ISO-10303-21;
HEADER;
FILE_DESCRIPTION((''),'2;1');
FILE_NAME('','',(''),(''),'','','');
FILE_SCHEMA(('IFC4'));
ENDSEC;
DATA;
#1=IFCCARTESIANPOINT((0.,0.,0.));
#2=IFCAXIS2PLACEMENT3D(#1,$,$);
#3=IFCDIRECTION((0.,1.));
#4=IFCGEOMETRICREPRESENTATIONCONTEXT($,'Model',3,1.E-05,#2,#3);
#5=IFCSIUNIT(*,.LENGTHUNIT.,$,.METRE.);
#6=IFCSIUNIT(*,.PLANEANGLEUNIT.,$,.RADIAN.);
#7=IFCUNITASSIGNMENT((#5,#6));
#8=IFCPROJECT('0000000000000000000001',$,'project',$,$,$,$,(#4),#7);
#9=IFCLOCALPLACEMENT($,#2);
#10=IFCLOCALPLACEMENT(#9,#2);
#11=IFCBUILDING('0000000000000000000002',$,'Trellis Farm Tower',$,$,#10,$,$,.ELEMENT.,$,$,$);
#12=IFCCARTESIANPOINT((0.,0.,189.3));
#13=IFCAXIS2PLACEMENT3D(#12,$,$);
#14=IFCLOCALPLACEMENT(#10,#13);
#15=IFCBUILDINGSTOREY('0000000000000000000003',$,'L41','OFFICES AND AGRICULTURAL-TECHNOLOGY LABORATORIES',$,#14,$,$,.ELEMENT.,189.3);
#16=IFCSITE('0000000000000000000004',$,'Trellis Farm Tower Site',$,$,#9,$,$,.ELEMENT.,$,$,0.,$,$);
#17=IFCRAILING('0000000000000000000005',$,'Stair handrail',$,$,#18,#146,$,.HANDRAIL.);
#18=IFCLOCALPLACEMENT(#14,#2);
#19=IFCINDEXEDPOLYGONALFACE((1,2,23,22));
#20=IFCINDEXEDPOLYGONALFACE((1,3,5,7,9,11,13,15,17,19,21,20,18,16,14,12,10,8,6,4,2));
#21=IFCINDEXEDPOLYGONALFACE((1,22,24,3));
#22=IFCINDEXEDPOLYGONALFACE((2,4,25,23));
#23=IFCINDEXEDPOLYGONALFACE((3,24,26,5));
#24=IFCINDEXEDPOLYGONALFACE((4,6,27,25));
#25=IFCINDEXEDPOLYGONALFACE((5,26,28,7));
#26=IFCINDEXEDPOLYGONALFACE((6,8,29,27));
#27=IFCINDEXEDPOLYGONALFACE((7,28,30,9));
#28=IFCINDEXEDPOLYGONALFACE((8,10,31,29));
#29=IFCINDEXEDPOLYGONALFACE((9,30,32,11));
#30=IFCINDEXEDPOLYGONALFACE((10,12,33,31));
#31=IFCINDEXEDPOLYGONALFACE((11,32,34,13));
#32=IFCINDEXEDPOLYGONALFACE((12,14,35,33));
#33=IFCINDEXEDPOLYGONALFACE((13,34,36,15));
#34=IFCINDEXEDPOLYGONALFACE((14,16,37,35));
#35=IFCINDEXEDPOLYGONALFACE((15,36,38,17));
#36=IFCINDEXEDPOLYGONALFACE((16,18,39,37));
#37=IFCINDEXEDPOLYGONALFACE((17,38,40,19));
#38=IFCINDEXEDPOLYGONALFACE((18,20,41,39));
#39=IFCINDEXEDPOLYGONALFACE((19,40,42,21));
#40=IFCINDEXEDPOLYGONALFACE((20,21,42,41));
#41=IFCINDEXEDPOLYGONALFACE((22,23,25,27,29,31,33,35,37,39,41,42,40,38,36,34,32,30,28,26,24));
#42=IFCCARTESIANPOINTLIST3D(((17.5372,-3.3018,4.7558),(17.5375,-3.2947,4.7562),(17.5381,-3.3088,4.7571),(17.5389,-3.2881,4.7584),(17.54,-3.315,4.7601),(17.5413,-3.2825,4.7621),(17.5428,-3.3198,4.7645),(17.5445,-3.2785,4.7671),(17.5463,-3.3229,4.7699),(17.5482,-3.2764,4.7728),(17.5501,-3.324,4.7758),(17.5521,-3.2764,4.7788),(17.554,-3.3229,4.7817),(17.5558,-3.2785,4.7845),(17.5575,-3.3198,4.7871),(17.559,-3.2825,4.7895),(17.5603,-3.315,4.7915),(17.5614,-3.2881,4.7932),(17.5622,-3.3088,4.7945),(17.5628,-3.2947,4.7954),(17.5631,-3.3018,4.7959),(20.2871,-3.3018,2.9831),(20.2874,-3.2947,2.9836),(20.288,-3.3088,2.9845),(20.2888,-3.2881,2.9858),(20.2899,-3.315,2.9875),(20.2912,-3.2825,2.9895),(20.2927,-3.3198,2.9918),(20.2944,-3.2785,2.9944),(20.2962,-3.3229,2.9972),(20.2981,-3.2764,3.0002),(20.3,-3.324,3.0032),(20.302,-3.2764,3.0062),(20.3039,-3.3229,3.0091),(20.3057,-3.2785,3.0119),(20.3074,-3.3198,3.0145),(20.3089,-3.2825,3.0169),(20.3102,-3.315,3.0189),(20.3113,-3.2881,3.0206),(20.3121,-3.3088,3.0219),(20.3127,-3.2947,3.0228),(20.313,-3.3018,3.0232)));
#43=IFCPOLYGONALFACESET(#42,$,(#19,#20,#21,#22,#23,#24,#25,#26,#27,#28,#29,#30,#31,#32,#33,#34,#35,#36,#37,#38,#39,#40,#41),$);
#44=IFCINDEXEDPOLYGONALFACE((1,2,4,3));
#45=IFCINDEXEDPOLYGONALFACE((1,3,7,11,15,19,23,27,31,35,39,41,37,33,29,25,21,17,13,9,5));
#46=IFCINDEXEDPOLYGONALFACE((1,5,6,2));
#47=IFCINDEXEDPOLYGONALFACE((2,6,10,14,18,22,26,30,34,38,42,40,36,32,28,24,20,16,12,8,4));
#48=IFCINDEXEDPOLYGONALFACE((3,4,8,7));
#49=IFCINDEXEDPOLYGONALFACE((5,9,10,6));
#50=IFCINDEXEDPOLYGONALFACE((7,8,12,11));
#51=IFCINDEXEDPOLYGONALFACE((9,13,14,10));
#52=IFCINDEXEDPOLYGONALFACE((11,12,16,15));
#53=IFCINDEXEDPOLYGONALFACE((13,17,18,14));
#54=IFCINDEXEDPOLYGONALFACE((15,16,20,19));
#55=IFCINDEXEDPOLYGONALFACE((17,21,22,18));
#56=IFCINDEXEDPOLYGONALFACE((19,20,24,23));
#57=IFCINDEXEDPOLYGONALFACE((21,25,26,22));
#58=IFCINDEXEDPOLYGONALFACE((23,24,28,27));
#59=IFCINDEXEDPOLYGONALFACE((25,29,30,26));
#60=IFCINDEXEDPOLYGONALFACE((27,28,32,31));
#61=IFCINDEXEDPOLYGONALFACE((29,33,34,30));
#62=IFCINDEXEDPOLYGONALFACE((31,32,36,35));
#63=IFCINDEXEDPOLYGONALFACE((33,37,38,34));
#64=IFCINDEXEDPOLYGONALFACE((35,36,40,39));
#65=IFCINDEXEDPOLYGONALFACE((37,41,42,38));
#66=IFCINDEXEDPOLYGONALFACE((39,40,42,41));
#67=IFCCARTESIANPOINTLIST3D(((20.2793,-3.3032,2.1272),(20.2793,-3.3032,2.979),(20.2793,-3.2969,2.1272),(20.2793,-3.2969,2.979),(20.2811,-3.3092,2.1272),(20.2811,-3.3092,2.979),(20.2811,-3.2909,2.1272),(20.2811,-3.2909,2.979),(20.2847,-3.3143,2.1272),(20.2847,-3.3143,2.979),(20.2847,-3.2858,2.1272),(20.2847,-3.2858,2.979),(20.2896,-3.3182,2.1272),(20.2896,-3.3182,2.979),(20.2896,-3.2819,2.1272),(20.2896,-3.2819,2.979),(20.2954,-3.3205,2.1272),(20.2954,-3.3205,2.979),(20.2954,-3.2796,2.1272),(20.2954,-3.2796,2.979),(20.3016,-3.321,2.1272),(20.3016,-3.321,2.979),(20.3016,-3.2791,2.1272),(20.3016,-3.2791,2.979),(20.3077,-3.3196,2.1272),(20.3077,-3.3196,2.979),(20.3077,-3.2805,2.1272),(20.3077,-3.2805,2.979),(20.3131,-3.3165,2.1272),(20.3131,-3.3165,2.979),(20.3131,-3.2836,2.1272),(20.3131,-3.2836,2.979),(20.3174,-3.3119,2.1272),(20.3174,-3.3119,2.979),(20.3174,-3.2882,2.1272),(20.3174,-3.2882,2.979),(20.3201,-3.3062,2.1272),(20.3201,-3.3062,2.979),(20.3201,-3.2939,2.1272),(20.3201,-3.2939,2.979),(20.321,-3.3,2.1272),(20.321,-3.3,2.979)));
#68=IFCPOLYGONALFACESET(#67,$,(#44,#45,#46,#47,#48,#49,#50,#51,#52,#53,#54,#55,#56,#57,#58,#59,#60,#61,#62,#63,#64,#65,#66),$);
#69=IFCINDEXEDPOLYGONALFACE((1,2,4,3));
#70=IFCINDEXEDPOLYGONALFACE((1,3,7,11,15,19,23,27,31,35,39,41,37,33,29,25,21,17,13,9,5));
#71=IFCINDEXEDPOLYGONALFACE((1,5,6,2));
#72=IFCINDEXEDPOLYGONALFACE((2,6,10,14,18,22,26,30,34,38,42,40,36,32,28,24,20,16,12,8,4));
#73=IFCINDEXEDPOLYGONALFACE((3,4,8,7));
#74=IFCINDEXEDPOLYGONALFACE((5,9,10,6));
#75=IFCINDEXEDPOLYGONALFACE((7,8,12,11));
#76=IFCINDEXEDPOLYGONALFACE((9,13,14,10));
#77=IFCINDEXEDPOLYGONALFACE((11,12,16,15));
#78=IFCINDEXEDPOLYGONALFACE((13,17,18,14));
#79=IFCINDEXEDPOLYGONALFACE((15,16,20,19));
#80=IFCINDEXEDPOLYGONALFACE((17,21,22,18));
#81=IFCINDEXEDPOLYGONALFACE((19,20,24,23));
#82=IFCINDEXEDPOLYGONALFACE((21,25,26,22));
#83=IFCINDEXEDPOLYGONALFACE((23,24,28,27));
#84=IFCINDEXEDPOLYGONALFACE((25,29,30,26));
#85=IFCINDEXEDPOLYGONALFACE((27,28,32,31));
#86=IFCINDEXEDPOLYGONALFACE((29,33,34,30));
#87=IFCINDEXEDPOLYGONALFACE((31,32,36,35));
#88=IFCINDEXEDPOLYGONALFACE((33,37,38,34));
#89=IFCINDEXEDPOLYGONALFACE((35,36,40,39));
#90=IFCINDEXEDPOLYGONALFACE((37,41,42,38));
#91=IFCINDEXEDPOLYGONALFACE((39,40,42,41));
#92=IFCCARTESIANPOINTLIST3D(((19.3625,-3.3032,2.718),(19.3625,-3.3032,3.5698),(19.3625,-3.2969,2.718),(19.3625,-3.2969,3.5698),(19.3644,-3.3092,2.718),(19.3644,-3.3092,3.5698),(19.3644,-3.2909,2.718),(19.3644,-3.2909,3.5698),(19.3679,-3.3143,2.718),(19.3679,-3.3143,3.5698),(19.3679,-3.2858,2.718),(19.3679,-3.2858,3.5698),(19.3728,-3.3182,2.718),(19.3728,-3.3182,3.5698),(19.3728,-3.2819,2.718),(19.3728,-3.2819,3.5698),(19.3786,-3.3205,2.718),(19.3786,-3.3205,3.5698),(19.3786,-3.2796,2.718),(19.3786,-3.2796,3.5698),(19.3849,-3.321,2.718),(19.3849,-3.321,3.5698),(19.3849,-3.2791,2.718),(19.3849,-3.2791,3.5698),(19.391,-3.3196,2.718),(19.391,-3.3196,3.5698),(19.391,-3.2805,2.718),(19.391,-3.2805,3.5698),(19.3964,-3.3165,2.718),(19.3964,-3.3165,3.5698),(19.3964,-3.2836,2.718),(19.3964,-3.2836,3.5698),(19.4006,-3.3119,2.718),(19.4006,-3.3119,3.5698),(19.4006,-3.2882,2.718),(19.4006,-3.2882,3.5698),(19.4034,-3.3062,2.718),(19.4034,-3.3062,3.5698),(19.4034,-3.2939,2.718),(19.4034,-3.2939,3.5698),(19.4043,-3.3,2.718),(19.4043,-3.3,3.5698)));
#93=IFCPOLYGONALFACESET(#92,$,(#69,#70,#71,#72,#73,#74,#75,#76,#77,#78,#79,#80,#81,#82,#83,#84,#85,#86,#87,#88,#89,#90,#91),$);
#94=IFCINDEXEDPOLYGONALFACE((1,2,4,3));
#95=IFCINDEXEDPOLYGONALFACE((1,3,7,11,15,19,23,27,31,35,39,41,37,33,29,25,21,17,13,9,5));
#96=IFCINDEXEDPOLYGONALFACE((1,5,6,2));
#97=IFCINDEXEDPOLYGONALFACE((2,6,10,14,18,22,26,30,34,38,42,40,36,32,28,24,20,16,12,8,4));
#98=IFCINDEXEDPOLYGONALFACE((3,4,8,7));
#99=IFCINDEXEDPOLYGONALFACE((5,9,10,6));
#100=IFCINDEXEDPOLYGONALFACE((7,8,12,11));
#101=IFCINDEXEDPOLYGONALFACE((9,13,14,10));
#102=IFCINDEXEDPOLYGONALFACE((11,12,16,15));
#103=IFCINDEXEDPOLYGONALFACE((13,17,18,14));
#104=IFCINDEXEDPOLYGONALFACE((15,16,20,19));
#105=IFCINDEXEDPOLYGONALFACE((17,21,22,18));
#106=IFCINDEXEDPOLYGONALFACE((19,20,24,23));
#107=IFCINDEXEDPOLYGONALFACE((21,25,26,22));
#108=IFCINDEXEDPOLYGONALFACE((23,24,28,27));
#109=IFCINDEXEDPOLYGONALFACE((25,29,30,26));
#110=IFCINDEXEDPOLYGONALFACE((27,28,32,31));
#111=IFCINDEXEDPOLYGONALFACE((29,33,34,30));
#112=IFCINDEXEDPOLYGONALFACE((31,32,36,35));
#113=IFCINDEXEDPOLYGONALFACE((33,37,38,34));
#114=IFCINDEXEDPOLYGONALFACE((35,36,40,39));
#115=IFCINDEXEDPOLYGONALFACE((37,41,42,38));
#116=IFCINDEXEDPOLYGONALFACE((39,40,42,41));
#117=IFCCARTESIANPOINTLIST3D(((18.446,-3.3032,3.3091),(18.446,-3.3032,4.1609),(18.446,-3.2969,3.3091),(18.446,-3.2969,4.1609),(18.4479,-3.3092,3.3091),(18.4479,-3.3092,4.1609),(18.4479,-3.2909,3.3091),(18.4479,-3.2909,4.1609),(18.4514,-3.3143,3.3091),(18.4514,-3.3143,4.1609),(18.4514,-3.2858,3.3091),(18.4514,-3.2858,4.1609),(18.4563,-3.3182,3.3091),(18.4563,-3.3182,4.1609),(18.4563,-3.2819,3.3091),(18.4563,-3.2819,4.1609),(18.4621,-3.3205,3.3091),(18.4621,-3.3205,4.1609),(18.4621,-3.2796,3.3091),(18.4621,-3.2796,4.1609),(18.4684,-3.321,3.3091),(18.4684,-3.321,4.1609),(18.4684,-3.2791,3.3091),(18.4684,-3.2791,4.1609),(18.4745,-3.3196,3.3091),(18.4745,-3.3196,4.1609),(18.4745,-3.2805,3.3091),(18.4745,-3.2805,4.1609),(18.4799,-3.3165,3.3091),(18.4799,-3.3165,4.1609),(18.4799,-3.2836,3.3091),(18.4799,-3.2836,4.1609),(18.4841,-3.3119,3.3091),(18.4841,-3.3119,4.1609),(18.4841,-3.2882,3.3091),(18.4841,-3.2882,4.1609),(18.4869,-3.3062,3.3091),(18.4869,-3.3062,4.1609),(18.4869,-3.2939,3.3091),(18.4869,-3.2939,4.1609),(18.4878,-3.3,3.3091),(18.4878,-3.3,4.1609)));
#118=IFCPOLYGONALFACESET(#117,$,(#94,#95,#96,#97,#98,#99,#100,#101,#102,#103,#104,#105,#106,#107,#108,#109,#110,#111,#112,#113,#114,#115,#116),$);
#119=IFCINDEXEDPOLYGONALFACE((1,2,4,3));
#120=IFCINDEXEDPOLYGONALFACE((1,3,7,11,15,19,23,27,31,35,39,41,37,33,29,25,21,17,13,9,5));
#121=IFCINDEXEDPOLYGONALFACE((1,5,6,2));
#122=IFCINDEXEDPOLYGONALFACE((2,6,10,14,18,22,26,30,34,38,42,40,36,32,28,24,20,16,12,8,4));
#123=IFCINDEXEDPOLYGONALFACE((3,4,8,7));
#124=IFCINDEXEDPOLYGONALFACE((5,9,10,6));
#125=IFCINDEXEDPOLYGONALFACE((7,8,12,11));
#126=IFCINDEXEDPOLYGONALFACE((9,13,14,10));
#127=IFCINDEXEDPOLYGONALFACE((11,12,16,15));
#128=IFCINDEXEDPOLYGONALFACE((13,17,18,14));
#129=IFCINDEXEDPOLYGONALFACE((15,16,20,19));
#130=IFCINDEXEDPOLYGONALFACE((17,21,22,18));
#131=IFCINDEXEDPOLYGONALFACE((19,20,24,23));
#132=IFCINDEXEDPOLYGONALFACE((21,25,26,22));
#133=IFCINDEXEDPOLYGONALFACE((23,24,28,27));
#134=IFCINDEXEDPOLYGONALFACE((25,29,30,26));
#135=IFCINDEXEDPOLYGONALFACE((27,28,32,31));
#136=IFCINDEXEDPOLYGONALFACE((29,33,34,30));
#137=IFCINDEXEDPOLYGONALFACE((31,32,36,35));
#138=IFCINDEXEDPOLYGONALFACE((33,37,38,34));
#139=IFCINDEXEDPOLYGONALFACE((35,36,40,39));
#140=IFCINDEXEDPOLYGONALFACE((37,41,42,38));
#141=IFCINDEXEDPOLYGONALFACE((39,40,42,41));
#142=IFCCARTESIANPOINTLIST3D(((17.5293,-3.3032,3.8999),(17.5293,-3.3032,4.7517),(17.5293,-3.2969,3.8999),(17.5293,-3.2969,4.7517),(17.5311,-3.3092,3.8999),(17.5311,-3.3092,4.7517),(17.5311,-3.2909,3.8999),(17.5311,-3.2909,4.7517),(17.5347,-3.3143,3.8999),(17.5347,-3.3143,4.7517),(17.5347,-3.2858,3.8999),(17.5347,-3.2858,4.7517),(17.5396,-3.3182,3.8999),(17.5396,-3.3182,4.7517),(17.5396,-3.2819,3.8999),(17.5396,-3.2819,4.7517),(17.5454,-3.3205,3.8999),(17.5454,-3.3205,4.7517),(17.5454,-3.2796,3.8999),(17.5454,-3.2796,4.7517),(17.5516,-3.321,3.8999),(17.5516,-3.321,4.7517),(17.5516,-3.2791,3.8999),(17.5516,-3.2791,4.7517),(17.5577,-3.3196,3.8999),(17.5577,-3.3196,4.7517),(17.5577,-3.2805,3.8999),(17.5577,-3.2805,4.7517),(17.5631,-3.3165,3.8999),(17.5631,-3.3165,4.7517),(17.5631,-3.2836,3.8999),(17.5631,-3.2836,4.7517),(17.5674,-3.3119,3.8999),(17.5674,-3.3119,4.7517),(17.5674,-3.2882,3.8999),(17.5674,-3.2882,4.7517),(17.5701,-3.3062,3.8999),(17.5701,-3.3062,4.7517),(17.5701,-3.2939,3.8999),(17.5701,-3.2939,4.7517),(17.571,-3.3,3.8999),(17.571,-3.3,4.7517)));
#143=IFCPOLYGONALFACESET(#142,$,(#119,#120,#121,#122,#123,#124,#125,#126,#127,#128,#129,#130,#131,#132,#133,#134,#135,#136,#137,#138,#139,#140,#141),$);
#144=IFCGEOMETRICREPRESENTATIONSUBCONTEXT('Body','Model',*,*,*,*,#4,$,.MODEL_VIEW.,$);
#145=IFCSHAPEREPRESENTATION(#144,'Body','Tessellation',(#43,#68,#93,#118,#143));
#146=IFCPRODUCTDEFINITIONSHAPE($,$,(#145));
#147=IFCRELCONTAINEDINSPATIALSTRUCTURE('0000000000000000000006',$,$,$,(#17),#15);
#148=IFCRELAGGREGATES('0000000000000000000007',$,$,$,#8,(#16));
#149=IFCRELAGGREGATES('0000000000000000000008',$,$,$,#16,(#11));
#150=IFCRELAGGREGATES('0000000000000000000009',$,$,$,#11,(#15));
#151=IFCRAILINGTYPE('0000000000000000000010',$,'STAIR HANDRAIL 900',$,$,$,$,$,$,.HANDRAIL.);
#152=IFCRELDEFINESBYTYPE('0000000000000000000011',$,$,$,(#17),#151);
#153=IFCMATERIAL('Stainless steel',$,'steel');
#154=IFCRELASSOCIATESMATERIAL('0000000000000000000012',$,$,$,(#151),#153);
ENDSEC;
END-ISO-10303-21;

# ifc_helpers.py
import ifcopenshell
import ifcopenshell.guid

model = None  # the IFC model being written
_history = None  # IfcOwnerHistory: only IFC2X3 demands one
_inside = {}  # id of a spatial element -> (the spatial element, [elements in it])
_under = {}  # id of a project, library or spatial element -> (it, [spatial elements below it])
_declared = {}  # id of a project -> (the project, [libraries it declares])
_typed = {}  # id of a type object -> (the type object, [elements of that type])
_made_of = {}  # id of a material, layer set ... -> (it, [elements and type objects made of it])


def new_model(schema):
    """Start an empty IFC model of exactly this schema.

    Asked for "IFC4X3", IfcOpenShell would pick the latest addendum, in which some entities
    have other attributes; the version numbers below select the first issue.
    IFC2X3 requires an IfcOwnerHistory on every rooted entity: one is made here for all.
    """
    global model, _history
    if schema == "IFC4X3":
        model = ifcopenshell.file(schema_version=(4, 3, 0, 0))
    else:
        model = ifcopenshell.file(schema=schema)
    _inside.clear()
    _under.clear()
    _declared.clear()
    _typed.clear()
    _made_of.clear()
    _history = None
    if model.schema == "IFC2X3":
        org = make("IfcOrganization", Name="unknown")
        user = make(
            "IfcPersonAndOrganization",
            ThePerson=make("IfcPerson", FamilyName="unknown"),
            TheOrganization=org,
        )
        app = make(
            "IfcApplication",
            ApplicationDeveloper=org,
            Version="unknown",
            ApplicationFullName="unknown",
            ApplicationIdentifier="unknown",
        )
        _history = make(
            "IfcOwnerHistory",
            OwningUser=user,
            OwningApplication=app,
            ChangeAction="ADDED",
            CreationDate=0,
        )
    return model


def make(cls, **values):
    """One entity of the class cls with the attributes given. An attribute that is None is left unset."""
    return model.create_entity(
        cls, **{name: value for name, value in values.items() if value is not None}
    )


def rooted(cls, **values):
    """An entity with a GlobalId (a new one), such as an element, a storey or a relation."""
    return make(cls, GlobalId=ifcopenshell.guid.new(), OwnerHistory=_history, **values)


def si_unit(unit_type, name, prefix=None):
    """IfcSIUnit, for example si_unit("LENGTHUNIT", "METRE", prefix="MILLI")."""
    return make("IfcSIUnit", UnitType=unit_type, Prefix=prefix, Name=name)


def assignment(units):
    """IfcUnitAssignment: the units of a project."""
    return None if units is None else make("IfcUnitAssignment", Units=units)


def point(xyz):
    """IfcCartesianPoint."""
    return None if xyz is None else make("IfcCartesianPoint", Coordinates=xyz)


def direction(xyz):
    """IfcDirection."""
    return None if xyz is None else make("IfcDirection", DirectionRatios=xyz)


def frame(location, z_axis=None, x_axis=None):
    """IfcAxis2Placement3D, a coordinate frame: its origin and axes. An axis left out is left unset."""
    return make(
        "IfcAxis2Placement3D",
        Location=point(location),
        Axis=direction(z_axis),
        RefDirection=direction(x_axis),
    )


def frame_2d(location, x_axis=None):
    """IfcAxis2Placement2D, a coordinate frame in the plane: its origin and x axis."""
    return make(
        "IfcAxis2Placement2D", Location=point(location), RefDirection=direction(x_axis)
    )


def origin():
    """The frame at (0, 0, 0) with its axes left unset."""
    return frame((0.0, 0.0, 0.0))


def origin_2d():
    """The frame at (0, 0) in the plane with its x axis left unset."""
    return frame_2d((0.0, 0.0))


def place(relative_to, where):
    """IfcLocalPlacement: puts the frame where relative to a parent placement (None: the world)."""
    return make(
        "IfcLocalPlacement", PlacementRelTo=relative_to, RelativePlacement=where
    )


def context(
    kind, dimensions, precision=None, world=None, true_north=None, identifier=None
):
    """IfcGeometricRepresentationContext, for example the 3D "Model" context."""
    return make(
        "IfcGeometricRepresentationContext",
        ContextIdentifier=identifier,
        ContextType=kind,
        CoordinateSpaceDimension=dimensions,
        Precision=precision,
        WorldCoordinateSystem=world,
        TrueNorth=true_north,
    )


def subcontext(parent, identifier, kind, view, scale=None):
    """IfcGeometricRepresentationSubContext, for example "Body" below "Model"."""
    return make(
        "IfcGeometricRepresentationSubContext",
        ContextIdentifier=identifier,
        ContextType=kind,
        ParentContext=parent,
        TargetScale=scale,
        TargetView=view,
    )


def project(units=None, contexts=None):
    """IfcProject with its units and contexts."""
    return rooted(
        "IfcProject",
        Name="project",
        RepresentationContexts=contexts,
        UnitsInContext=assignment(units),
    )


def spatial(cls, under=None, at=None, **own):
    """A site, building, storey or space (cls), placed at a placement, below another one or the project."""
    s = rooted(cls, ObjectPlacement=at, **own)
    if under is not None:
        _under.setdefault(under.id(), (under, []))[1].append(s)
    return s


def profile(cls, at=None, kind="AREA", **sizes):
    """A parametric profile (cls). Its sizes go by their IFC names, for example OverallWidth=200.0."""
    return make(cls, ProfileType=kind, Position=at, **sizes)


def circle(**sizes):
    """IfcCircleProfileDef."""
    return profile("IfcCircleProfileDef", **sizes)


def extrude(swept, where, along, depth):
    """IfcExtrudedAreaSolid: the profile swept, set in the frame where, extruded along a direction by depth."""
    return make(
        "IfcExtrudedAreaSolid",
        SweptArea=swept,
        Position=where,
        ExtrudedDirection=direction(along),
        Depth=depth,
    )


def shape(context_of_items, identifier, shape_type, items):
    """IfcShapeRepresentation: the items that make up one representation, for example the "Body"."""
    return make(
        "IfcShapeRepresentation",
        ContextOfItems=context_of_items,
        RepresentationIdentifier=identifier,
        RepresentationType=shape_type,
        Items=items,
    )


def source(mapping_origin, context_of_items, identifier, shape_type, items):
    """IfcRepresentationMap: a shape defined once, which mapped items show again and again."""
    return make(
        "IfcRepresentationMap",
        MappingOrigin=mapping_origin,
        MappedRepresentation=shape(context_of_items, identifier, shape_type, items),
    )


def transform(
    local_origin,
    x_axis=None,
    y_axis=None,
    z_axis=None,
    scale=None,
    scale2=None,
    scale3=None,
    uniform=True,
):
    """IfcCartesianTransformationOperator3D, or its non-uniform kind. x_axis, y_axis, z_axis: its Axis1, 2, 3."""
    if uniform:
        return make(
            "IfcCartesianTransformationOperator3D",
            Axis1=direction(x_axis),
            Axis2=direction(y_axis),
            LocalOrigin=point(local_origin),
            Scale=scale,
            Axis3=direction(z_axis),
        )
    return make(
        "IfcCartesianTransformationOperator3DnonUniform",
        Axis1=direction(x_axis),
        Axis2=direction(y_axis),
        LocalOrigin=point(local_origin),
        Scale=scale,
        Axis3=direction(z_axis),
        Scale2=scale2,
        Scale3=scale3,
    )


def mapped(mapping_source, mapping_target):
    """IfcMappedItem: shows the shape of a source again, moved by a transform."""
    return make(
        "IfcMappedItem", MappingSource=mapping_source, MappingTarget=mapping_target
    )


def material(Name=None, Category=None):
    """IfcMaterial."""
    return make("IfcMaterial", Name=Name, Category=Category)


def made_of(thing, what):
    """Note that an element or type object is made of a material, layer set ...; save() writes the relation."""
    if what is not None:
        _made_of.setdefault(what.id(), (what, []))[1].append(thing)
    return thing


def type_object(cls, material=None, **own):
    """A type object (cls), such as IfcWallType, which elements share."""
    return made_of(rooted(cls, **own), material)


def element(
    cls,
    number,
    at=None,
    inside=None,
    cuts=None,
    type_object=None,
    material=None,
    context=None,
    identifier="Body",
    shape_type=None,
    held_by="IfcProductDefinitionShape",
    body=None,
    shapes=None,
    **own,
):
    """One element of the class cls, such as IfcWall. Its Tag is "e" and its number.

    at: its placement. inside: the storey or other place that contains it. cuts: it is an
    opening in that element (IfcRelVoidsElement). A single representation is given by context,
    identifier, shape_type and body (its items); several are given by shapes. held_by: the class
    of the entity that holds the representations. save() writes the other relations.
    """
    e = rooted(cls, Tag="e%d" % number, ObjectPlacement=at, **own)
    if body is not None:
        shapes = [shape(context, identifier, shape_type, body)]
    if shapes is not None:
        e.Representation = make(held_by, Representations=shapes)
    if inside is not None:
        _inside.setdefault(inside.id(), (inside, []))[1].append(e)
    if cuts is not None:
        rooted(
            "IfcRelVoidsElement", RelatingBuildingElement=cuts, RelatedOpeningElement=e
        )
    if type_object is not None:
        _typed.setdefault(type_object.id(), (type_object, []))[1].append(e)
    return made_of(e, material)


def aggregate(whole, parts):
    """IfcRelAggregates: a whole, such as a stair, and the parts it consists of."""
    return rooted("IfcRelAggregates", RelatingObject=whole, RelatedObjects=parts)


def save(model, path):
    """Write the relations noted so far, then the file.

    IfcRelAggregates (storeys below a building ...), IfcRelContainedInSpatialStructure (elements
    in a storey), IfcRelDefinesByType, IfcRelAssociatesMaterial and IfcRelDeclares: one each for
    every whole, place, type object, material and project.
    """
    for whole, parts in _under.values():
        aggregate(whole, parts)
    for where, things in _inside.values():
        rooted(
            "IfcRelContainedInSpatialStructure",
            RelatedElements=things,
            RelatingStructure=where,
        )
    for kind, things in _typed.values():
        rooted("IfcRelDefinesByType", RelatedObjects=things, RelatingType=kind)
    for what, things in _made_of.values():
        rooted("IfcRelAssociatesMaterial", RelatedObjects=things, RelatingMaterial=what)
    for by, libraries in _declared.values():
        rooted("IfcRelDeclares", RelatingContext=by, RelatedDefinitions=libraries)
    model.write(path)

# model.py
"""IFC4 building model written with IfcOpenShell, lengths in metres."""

from ifc_helpers import new_model, si_unit, direction, frame, origin, origin_2d, place, context, subcontext, project, spatial, circle, extrude, source, transform, mapped, material, type_object, element, save


model = new_model("IFC4")

# Units and contexts
model_context = context("Model", 3, precision=1e-05, world=origin(), true_north=direction((0.0, 1.0)))
body_context = subcontext(model_context, "Body", "Model", "MODEL_VIEW")
ifc_project = project(units=[si_unit("LENGTHUNIT", "METRE"), si_unit("PLANEANGLEUNIT", "RADIAN")], contexts=[model_context])

# Site, building, storey
site_placement = place(None, origin())
site = spatial("IfcSite", under=ifc_project, at=site_placement, Name="Trellis Farm Tower Site", CompositionType="ELEMENT", RefElevation=0.0)
building_placement = place(site_placement, origin())
building = spatial("IfcBuilding", under=site, at=building_placement, Name="Trellis Farm Tower", CompositionType="ELEMENT")
storey_placement = place(building_placement, frame((0.0, 0.0, 189.3)))
storey = spatial("IfcBuildingStorey", under=building, at=storey_placement, Name="L41", Description="OFFICES AND AGRICULTURAL-TECHNOLOGY LABORATORIES", CompositionType="ELEMENT", Elevation=189.3)

# Railing
ifc_material_1 = material(Name="Stainless steel", Category="steel")
railing_type = type_object("IfcRailingType", Name="STAIR HANDRAIL 900", PredefinedType="HANDRAIL", material=ifc_material_1)
shared_shape_1 = source(origin(), body_context, "Body", "SweptSolid", [
    extrude(circle(Radius=0.0239, at=origin_2d()), frame((0.0, 0.0, 0.876), z_axis=(-0.840504, 0.0, 0.541806), x_axis=(0.0, -1.0, 0.0)), (0.0, 0.0, 1.0), 3.2717),
    extrude(circle(Radius=0.021, at=origin_2d()), origin(), (0.0, 0.0, 1.0), 0.8518),
    extrude(circle(Radius=0.021, at=origin_2d()), frame((-0.9167, 0.0, 0.5908)), (0.0, 0.0, 1.0), 0.8518),
    extrude(circle(Radius=0.021, at=origin_2d()), frame((-1.8333, 0.0, 1.1819)), (0.0, 0.0, 1.0), 0.8518),
    extrude(circle(Radius=0.021, at=origin_2d()), frame((-2.75, 0.0, 1.7727)), (0.0, 0.0, 1.0), 0.8518),
])
for number, where, name in (
    (1, (20.3, -3.3, 2.1272), "Stair handrail"),
):
    element("IfcRailing", number, at=place(storey_placement, frame(where)), inside=storey, type_object=railing_type, Name=name, PredefinedType="HANDRAIL", context=body_context, shape_type="MappedRepresentation", body=[
        mapped(shared_shape_1, transform((0.0, 0.0, 0.0))),
    ])

save(model, "model.ifc")
